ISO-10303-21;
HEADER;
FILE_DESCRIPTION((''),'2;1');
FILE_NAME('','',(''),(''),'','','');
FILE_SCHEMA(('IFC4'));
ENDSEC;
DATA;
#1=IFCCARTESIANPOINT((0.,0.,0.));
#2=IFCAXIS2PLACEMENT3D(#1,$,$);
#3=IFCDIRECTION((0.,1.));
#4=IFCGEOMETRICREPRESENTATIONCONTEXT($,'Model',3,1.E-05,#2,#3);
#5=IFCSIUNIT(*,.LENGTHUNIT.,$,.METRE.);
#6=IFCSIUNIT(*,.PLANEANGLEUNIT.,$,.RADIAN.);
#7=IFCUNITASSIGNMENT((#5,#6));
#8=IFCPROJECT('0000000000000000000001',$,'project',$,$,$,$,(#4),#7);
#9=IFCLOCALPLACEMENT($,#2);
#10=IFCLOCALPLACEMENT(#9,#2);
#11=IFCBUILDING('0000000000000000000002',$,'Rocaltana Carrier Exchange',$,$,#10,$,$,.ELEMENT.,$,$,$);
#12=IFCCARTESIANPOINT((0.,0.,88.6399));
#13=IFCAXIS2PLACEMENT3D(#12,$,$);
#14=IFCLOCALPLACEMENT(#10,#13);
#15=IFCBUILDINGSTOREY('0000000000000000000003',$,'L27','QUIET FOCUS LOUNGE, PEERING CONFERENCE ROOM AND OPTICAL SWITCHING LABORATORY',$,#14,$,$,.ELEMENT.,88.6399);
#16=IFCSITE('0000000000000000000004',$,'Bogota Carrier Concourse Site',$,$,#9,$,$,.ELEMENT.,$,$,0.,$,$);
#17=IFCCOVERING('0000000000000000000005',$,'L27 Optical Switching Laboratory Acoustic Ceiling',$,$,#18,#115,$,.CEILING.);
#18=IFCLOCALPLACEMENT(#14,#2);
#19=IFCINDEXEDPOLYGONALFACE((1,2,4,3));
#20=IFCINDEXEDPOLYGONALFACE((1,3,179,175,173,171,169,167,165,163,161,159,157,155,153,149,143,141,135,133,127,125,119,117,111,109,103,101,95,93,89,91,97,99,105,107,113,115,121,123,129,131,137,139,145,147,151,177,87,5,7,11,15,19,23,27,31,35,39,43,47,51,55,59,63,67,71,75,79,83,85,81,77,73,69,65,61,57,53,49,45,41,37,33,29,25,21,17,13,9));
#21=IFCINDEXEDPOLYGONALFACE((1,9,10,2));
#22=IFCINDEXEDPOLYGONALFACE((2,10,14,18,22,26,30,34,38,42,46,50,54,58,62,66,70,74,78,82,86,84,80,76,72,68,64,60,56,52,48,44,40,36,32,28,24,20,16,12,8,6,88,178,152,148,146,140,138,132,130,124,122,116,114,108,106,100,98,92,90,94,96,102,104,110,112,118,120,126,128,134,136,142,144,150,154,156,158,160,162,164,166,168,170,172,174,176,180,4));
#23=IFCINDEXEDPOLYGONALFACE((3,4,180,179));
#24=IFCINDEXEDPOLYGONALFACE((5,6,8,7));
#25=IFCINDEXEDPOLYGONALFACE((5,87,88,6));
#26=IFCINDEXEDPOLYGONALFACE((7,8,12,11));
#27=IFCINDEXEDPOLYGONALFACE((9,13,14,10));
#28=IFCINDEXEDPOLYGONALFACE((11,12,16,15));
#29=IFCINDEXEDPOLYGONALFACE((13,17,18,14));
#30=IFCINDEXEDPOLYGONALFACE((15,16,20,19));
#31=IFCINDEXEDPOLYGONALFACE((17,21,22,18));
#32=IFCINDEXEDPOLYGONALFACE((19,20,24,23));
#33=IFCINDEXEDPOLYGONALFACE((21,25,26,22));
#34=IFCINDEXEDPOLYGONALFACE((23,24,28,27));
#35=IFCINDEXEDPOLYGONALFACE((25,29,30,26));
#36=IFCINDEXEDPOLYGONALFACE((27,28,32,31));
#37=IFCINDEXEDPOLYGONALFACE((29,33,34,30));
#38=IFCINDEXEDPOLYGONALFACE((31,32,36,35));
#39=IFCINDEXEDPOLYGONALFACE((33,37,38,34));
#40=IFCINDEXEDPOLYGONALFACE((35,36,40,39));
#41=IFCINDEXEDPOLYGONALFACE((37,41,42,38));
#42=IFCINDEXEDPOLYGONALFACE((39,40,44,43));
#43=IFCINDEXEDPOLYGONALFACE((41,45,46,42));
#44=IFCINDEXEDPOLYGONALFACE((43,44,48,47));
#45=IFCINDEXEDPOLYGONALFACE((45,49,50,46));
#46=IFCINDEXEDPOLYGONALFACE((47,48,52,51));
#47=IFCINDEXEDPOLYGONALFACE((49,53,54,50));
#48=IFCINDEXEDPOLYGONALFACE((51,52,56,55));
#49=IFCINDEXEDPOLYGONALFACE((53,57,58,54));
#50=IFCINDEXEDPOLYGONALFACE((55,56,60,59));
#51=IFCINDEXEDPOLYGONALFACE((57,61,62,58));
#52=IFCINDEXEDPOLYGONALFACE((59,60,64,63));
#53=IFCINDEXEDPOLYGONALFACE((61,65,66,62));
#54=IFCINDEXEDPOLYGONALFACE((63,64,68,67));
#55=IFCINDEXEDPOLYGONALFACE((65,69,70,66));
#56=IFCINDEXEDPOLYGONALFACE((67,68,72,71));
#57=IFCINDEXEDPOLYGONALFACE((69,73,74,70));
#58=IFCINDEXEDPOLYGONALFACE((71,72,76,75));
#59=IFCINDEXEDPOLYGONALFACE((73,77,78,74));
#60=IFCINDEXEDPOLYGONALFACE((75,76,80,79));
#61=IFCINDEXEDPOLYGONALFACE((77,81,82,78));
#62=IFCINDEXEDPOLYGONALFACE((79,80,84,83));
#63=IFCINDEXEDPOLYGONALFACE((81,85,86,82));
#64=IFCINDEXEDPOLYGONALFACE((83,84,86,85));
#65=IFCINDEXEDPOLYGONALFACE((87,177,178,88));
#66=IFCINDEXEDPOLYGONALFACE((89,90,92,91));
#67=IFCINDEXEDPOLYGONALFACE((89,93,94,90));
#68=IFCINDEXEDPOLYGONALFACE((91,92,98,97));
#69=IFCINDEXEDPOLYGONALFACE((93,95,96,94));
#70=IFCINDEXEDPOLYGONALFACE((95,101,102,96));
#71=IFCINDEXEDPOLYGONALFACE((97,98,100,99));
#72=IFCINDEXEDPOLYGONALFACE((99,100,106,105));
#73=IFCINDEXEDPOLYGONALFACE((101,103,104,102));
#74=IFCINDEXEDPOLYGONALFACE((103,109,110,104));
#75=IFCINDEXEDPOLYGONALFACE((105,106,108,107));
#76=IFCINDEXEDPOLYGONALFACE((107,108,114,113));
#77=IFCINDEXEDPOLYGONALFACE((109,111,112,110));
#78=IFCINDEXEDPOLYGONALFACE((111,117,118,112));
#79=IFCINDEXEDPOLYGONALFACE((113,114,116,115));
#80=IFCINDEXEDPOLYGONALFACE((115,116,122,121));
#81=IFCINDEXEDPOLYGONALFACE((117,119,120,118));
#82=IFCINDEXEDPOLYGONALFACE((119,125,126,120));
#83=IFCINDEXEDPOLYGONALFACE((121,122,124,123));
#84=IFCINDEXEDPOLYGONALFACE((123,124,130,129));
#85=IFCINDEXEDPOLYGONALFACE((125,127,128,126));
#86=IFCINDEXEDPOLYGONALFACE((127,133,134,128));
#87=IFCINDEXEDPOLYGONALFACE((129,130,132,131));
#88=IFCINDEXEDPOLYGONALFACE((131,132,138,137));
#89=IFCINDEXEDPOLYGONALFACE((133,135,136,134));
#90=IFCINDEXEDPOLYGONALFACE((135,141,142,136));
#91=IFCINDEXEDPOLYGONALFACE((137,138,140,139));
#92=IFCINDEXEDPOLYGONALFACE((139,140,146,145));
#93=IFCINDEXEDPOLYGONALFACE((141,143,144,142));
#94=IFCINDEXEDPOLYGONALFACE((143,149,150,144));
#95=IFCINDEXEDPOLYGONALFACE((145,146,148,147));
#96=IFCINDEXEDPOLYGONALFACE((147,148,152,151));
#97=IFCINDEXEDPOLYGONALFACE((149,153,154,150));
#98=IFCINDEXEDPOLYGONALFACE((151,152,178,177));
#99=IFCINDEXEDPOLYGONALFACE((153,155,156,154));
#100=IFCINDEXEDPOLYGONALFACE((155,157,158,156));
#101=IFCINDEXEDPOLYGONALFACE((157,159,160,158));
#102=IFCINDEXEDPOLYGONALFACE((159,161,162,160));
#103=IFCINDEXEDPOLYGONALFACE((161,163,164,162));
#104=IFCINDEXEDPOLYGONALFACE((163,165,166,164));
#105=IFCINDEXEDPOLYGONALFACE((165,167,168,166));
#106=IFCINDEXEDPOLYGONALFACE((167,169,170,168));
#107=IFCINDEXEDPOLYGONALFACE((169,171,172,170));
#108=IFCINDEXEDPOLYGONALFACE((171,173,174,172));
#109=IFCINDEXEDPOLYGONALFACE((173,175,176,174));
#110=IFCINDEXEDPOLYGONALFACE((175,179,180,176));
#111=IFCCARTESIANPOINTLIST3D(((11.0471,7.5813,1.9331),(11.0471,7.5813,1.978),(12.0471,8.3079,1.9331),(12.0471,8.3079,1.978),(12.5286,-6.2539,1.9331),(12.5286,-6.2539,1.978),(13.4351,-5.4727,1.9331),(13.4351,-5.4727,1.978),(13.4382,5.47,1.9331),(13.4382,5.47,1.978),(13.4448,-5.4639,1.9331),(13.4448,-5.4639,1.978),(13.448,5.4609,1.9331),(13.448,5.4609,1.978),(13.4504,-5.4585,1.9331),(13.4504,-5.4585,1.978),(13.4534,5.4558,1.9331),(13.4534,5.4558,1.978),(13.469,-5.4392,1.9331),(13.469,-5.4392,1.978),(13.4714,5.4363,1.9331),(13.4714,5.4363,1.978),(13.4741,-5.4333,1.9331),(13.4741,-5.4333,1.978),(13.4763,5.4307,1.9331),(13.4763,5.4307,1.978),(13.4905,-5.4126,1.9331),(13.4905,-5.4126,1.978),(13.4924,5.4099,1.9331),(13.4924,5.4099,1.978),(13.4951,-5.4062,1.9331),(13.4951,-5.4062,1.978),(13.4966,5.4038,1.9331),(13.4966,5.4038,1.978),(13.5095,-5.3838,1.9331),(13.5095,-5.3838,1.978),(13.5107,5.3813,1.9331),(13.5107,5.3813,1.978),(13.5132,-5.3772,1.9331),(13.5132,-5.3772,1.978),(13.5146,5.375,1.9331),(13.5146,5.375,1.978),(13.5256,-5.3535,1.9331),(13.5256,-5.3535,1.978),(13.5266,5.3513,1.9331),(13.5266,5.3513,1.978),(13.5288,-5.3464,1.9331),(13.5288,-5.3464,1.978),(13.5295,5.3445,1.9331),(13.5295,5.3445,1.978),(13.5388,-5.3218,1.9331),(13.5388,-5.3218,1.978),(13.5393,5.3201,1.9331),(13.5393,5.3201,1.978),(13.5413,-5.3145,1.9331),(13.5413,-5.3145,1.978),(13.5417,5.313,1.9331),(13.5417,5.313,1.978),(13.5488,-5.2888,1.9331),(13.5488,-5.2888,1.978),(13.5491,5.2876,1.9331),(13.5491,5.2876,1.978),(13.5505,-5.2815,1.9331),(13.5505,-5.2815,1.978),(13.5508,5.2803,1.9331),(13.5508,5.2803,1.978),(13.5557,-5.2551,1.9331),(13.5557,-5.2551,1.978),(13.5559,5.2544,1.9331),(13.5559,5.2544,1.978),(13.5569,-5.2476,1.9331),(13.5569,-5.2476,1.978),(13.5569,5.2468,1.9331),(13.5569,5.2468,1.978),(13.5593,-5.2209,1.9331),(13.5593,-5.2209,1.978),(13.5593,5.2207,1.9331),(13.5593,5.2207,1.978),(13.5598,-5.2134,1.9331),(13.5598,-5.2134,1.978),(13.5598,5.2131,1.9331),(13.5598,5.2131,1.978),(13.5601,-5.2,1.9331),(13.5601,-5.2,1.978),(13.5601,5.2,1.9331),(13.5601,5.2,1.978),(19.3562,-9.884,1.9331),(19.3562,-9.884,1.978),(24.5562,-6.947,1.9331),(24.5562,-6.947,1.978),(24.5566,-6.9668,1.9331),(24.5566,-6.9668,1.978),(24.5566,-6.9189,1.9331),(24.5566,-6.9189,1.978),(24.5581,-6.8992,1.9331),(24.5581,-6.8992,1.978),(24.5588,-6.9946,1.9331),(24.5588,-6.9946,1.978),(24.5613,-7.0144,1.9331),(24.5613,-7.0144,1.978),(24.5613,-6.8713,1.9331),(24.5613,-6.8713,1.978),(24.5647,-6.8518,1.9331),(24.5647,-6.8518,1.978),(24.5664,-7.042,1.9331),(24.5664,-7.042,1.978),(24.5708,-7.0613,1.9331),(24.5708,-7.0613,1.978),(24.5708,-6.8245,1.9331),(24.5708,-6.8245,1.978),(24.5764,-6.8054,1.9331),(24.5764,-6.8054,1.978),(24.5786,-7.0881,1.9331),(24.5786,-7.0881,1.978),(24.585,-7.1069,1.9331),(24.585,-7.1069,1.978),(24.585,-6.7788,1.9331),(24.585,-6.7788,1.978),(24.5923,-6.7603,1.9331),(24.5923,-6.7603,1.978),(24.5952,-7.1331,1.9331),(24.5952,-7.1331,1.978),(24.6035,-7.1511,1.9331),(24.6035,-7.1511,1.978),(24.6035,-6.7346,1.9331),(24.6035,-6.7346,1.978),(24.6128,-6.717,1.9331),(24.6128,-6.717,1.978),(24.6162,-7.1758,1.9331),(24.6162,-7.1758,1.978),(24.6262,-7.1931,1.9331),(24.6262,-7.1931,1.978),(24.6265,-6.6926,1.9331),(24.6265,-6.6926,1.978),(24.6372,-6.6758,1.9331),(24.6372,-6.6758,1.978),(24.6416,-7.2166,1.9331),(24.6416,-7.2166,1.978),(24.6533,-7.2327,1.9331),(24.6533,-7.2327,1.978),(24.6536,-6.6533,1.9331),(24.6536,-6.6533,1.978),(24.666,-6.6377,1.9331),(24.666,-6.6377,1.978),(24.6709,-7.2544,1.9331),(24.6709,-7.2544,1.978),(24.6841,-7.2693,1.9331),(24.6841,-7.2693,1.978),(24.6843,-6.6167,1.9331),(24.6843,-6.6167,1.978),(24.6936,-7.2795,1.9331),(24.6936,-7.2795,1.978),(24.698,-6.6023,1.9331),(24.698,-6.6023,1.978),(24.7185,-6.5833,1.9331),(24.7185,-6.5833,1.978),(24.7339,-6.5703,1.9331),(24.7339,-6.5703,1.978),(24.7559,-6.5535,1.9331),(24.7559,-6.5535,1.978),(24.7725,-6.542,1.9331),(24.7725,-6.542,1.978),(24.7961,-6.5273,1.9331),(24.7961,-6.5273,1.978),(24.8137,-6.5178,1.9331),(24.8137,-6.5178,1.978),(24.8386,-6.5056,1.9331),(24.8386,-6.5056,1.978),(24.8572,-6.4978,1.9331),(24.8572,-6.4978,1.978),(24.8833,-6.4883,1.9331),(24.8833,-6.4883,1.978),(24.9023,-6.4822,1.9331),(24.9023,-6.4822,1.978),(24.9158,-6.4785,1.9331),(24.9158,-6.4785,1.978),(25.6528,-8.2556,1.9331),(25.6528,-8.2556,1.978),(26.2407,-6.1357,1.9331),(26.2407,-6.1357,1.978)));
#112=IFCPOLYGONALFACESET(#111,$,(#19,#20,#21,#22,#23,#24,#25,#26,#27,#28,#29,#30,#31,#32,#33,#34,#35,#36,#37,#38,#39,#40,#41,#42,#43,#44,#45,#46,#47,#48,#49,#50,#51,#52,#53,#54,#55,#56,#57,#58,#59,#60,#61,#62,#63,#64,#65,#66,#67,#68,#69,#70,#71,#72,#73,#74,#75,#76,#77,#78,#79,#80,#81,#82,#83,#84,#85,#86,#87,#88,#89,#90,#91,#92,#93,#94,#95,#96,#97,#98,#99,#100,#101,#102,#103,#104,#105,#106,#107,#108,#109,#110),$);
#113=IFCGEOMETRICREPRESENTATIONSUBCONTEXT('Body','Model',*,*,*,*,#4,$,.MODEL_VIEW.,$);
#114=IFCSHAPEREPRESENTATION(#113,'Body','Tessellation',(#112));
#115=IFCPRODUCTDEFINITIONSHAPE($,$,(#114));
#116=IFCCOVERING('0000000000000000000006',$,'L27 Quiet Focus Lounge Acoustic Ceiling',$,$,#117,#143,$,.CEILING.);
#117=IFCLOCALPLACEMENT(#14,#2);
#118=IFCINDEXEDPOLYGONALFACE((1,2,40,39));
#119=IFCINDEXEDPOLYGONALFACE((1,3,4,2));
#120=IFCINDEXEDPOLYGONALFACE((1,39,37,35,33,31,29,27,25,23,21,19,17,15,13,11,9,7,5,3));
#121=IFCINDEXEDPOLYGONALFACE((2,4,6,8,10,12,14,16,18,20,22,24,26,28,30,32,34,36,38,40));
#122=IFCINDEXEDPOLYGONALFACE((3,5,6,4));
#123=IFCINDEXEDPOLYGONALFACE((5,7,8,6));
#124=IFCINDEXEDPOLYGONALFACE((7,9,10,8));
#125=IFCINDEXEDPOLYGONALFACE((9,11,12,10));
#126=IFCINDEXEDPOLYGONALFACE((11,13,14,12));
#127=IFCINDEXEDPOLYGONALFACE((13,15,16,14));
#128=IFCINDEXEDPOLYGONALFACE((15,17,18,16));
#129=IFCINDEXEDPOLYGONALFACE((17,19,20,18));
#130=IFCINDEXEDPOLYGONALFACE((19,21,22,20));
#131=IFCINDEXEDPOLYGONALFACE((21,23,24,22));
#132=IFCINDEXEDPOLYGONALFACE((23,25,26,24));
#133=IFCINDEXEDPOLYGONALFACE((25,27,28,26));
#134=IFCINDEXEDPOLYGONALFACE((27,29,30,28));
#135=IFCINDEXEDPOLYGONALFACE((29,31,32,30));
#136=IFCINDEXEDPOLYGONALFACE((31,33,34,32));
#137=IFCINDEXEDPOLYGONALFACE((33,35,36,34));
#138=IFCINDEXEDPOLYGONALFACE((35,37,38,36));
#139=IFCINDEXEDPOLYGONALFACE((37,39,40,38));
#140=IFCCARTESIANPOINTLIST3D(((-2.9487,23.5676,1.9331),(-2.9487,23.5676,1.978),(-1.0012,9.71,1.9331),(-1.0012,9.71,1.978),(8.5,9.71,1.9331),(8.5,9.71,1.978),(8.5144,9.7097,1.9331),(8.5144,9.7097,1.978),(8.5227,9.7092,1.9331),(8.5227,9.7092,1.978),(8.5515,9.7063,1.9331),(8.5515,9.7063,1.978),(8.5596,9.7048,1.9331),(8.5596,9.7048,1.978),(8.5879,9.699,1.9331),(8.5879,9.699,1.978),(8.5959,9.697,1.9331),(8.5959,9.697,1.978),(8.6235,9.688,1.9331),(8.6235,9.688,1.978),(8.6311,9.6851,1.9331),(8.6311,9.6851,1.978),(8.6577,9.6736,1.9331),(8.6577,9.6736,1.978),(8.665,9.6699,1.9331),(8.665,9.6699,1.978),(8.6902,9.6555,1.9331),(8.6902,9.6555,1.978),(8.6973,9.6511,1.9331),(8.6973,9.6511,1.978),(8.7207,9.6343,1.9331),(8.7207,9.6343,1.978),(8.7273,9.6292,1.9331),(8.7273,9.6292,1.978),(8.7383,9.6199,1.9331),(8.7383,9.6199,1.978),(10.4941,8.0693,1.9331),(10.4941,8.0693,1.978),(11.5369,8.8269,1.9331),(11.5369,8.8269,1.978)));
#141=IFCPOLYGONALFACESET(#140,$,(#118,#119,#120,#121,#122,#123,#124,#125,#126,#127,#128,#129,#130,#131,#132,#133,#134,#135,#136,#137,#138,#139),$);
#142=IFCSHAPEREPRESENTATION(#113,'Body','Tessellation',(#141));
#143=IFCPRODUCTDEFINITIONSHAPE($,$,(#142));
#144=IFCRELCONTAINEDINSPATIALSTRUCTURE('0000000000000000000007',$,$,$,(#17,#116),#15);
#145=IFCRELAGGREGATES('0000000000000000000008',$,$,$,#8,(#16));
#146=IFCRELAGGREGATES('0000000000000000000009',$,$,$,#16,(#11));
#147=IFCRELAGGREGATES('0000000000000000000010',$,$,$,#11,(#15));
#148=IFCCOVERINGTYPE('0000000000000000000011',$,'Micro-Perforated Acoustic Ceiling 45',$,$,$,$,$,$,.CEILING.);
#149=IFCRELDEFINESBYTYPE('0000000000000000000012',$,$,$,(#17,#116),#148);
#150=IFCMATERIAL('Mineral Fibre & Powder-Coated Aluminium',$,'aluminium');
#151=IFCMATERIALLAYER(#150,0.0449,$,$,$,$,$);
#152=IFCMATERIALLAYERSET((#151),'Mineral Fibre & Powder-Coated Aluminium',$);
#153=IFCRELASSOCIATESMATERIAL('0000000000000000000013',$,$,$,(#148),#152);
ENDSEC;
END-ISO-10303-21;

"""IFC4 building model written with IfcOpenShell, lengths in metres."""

from ifc_helpers import new_model, si_unit, direction, frame, origin, place, context, subcontext, project, spatial, polyline, outline, extrude, material, layer, layer_set, type_object, element, save


model = new_model("IFC4")

# Units and contexts
model_context = context("Model", 3, precision=1e-05, world=origin(), true_north=direction((0.0, 1.0)))
body_context = subcontext(model_context, "Body", "Model", "MODEL_VIEW")
ifc_project = project(units=[si_unit("LENGTHUNIT", "METRE"), si_unit("PLANEANGLEUNIT", "RADIAN")], contexts=[model_context])

# Site, building, storey
site_placement = place(None, origin())
site = spatial("IfcSite", under=ifc_project, at=site_placement, Name="Bogota Carrier Concourse Site", CompositionType="ELEMENT", RefElevation=0.0)
building_placement = place(site_placement, origin())
building = spatial("IfcBuilding", under=site, at=building_placement, Name="Rocaltana Carrier Exchange", CompositionType="ELEMENT")
storey_placement = place(building_placement, frame((0.0, 0.0, 88.6399)))
storey = spatial("IfcBuildingStorey", under=building, at=storey_placement, Name="L27", Description="QUIET FOCUS LOUNGE, PEERING CONFERENCE ROOM AND OPTICAL SWITCHING LABORATORY", CompositionType="ELEMENT", Elevation=88.6399)

# Coverings
ifc_material_1 = material(Name="Mineral Fibre & Powder-Coated Aluminium", Category="aluminium")
ifc_layer_1 = layer(ifc_material_1, 0.0449)
ifc_layer_set_1 = layer_set([ifc_layer_1], Name="Mineral Fibre & Powder-Coated Aluminium")
covering_type_1 = type_object("IfcCoveringType", Name="Micro-Perforated Acoustic Ceiling 45", PredefinedType="CEILING", material=ifc_layer_set_1)
covering_1_placement = place(storey_placement, frame((0.0, 0.0, 1.9331)))
element("IfcCovering", 1, at=covering_1_placement, inside=storey, type_object=covering_type_1, Name="L27 Optical Switching Laboratory Acoustic Ceiling", PredefinedType="CEILING", context=body_context, shape_type="SweptSolid", body=[
    extrude(outline(polyline([(26.2407, -6.1357), (24.9158, -6.4785), (24.9023, -6.4822), (24.8833, -6.4883), (24.8572, -6.4978), (24.8386, -6.5056), (24.8137, -6.5178), (24.7961, -6.5273), (24.7725, -6.542), (24.7559, -6.5535), (24.7339, -6.5703), (24.7185, -6.5833), (24.698, -6.6023), (24.6843, -6.6167), (24.666, -6.6377), (24.6536, -6.6533), (24.6372, -6.6758), (24.6265, -6.6926), (24.6128, -6.717), (24.6035, -6.7346), (24.5923, -6.7603), (24.585, -6.7788), (24.5764, -6.8054), (24.5708, -6.8245), (24.5647, -6.8518), (24.5613, -6.8713), (24.5581, -6.8992), (24.5566, -6.9189), (24.5562, -6.947), (24.5566, -6.9668), (24.5588, -6.9946), (24.5613, -7.0144), (24.5664, -7.042), (24.5708, -7.0613), (24.5786, -7.0881), (24.585, -7.1069), (24.5952, -7.1331), (24.6035, -7.1511), (24.6162, -7.1758), (24.6262, -7.1931), (24.6416, -7.2166), (24.6533, -7.2327), (24.6709, -7.2544), (24.6841, -7.2693), (24.6936, -7.2795), (25.6528, -8.2556), (19.3562, -9.884), (12.5286, -6.2539), (13.4351, -5.4727), (13.4448, -5.4639), (13.4504, -5.4585), (13.469, -5.4392), (13.4741, -5.4333), (13.4905, -5.4126), (13.4951, -5.4062), (13.5095, -5.3838), (13.5132, -5.3772), (13.5256, -5.3535), (13.5288, -5.3464), (13.5388, -5.3218), (13.5413, -5.3145), (13.5488, -5.2888), (13.5505, -5.2815), (13.5557, -5.2551), (13.5569, -5.2476), (13.5593, -5.2209), (13.5598, -5.2134), (13.5601, -5.2), (13.5601, 5.2), (13.5598, 5.2131), (13.5593, 5.2207), (13.5569, 5.2468), (13.5559, 5.2544), (13.5508, 5.2803), (13.5491, 5.2876), (13.5417, 5.313), (13.5393, 5.3201), (13.5295, 5.3445), (13.5266, 5.3513), (13.5146, 5.375), (13.5107, 5.3813), (13.4966, 5.4038), (13.4924, 5.4099), (13.4763, 5.4307), (13.4714, 5.4363), (13.4534, 5.4558), (13.448, 5.4609), (13.4382, 5.47), (11.0471, 7.5813), (12.0471, 8.3079), (26.2407, -6.1357)])), origin(), (0.0, 0.0, 1.0), 0.0449),
])
covering_2_placement = place(storey_placement, frame((0.0, 0.0, 1.9331)))
element("IfcCovering", 2, at=covering_2_placement, inside=storey, type_object=covering_type_1, Name="L27 Quiet Focus Lounge Acoustic Ceiling", PredefinedType="CEILING", context=body_context, shape_type="SweptSolid", body=[
    extrude(outline(polyline([(11.5369, 8.8269), (10.4941, 8.0693), (8.7383, 9.6199), (8.7273, 9.6292), (8.7207, 9.6343), (8.6973, 9.6511), (8.6902, 9.6555), (8.665, 9.6699), (8.6577, 9.6736), (8.6311, 9.6851), (8.6235, 9.688), (8.5959, 9.697), (8.5879, 9.699), (8.5596, 9.7048), (8.5515, 9.7063), (8.5227, 9.7092), (8.5144, 9.7097), (8.5, 9.71), (-1.0012, 9.71), (-2.9487, 23.5676), (11.5369, 8.8269)])), origin(), (0.0, 0.0, 1.0), 0.0449),
])

save(model, "model.ifc")
